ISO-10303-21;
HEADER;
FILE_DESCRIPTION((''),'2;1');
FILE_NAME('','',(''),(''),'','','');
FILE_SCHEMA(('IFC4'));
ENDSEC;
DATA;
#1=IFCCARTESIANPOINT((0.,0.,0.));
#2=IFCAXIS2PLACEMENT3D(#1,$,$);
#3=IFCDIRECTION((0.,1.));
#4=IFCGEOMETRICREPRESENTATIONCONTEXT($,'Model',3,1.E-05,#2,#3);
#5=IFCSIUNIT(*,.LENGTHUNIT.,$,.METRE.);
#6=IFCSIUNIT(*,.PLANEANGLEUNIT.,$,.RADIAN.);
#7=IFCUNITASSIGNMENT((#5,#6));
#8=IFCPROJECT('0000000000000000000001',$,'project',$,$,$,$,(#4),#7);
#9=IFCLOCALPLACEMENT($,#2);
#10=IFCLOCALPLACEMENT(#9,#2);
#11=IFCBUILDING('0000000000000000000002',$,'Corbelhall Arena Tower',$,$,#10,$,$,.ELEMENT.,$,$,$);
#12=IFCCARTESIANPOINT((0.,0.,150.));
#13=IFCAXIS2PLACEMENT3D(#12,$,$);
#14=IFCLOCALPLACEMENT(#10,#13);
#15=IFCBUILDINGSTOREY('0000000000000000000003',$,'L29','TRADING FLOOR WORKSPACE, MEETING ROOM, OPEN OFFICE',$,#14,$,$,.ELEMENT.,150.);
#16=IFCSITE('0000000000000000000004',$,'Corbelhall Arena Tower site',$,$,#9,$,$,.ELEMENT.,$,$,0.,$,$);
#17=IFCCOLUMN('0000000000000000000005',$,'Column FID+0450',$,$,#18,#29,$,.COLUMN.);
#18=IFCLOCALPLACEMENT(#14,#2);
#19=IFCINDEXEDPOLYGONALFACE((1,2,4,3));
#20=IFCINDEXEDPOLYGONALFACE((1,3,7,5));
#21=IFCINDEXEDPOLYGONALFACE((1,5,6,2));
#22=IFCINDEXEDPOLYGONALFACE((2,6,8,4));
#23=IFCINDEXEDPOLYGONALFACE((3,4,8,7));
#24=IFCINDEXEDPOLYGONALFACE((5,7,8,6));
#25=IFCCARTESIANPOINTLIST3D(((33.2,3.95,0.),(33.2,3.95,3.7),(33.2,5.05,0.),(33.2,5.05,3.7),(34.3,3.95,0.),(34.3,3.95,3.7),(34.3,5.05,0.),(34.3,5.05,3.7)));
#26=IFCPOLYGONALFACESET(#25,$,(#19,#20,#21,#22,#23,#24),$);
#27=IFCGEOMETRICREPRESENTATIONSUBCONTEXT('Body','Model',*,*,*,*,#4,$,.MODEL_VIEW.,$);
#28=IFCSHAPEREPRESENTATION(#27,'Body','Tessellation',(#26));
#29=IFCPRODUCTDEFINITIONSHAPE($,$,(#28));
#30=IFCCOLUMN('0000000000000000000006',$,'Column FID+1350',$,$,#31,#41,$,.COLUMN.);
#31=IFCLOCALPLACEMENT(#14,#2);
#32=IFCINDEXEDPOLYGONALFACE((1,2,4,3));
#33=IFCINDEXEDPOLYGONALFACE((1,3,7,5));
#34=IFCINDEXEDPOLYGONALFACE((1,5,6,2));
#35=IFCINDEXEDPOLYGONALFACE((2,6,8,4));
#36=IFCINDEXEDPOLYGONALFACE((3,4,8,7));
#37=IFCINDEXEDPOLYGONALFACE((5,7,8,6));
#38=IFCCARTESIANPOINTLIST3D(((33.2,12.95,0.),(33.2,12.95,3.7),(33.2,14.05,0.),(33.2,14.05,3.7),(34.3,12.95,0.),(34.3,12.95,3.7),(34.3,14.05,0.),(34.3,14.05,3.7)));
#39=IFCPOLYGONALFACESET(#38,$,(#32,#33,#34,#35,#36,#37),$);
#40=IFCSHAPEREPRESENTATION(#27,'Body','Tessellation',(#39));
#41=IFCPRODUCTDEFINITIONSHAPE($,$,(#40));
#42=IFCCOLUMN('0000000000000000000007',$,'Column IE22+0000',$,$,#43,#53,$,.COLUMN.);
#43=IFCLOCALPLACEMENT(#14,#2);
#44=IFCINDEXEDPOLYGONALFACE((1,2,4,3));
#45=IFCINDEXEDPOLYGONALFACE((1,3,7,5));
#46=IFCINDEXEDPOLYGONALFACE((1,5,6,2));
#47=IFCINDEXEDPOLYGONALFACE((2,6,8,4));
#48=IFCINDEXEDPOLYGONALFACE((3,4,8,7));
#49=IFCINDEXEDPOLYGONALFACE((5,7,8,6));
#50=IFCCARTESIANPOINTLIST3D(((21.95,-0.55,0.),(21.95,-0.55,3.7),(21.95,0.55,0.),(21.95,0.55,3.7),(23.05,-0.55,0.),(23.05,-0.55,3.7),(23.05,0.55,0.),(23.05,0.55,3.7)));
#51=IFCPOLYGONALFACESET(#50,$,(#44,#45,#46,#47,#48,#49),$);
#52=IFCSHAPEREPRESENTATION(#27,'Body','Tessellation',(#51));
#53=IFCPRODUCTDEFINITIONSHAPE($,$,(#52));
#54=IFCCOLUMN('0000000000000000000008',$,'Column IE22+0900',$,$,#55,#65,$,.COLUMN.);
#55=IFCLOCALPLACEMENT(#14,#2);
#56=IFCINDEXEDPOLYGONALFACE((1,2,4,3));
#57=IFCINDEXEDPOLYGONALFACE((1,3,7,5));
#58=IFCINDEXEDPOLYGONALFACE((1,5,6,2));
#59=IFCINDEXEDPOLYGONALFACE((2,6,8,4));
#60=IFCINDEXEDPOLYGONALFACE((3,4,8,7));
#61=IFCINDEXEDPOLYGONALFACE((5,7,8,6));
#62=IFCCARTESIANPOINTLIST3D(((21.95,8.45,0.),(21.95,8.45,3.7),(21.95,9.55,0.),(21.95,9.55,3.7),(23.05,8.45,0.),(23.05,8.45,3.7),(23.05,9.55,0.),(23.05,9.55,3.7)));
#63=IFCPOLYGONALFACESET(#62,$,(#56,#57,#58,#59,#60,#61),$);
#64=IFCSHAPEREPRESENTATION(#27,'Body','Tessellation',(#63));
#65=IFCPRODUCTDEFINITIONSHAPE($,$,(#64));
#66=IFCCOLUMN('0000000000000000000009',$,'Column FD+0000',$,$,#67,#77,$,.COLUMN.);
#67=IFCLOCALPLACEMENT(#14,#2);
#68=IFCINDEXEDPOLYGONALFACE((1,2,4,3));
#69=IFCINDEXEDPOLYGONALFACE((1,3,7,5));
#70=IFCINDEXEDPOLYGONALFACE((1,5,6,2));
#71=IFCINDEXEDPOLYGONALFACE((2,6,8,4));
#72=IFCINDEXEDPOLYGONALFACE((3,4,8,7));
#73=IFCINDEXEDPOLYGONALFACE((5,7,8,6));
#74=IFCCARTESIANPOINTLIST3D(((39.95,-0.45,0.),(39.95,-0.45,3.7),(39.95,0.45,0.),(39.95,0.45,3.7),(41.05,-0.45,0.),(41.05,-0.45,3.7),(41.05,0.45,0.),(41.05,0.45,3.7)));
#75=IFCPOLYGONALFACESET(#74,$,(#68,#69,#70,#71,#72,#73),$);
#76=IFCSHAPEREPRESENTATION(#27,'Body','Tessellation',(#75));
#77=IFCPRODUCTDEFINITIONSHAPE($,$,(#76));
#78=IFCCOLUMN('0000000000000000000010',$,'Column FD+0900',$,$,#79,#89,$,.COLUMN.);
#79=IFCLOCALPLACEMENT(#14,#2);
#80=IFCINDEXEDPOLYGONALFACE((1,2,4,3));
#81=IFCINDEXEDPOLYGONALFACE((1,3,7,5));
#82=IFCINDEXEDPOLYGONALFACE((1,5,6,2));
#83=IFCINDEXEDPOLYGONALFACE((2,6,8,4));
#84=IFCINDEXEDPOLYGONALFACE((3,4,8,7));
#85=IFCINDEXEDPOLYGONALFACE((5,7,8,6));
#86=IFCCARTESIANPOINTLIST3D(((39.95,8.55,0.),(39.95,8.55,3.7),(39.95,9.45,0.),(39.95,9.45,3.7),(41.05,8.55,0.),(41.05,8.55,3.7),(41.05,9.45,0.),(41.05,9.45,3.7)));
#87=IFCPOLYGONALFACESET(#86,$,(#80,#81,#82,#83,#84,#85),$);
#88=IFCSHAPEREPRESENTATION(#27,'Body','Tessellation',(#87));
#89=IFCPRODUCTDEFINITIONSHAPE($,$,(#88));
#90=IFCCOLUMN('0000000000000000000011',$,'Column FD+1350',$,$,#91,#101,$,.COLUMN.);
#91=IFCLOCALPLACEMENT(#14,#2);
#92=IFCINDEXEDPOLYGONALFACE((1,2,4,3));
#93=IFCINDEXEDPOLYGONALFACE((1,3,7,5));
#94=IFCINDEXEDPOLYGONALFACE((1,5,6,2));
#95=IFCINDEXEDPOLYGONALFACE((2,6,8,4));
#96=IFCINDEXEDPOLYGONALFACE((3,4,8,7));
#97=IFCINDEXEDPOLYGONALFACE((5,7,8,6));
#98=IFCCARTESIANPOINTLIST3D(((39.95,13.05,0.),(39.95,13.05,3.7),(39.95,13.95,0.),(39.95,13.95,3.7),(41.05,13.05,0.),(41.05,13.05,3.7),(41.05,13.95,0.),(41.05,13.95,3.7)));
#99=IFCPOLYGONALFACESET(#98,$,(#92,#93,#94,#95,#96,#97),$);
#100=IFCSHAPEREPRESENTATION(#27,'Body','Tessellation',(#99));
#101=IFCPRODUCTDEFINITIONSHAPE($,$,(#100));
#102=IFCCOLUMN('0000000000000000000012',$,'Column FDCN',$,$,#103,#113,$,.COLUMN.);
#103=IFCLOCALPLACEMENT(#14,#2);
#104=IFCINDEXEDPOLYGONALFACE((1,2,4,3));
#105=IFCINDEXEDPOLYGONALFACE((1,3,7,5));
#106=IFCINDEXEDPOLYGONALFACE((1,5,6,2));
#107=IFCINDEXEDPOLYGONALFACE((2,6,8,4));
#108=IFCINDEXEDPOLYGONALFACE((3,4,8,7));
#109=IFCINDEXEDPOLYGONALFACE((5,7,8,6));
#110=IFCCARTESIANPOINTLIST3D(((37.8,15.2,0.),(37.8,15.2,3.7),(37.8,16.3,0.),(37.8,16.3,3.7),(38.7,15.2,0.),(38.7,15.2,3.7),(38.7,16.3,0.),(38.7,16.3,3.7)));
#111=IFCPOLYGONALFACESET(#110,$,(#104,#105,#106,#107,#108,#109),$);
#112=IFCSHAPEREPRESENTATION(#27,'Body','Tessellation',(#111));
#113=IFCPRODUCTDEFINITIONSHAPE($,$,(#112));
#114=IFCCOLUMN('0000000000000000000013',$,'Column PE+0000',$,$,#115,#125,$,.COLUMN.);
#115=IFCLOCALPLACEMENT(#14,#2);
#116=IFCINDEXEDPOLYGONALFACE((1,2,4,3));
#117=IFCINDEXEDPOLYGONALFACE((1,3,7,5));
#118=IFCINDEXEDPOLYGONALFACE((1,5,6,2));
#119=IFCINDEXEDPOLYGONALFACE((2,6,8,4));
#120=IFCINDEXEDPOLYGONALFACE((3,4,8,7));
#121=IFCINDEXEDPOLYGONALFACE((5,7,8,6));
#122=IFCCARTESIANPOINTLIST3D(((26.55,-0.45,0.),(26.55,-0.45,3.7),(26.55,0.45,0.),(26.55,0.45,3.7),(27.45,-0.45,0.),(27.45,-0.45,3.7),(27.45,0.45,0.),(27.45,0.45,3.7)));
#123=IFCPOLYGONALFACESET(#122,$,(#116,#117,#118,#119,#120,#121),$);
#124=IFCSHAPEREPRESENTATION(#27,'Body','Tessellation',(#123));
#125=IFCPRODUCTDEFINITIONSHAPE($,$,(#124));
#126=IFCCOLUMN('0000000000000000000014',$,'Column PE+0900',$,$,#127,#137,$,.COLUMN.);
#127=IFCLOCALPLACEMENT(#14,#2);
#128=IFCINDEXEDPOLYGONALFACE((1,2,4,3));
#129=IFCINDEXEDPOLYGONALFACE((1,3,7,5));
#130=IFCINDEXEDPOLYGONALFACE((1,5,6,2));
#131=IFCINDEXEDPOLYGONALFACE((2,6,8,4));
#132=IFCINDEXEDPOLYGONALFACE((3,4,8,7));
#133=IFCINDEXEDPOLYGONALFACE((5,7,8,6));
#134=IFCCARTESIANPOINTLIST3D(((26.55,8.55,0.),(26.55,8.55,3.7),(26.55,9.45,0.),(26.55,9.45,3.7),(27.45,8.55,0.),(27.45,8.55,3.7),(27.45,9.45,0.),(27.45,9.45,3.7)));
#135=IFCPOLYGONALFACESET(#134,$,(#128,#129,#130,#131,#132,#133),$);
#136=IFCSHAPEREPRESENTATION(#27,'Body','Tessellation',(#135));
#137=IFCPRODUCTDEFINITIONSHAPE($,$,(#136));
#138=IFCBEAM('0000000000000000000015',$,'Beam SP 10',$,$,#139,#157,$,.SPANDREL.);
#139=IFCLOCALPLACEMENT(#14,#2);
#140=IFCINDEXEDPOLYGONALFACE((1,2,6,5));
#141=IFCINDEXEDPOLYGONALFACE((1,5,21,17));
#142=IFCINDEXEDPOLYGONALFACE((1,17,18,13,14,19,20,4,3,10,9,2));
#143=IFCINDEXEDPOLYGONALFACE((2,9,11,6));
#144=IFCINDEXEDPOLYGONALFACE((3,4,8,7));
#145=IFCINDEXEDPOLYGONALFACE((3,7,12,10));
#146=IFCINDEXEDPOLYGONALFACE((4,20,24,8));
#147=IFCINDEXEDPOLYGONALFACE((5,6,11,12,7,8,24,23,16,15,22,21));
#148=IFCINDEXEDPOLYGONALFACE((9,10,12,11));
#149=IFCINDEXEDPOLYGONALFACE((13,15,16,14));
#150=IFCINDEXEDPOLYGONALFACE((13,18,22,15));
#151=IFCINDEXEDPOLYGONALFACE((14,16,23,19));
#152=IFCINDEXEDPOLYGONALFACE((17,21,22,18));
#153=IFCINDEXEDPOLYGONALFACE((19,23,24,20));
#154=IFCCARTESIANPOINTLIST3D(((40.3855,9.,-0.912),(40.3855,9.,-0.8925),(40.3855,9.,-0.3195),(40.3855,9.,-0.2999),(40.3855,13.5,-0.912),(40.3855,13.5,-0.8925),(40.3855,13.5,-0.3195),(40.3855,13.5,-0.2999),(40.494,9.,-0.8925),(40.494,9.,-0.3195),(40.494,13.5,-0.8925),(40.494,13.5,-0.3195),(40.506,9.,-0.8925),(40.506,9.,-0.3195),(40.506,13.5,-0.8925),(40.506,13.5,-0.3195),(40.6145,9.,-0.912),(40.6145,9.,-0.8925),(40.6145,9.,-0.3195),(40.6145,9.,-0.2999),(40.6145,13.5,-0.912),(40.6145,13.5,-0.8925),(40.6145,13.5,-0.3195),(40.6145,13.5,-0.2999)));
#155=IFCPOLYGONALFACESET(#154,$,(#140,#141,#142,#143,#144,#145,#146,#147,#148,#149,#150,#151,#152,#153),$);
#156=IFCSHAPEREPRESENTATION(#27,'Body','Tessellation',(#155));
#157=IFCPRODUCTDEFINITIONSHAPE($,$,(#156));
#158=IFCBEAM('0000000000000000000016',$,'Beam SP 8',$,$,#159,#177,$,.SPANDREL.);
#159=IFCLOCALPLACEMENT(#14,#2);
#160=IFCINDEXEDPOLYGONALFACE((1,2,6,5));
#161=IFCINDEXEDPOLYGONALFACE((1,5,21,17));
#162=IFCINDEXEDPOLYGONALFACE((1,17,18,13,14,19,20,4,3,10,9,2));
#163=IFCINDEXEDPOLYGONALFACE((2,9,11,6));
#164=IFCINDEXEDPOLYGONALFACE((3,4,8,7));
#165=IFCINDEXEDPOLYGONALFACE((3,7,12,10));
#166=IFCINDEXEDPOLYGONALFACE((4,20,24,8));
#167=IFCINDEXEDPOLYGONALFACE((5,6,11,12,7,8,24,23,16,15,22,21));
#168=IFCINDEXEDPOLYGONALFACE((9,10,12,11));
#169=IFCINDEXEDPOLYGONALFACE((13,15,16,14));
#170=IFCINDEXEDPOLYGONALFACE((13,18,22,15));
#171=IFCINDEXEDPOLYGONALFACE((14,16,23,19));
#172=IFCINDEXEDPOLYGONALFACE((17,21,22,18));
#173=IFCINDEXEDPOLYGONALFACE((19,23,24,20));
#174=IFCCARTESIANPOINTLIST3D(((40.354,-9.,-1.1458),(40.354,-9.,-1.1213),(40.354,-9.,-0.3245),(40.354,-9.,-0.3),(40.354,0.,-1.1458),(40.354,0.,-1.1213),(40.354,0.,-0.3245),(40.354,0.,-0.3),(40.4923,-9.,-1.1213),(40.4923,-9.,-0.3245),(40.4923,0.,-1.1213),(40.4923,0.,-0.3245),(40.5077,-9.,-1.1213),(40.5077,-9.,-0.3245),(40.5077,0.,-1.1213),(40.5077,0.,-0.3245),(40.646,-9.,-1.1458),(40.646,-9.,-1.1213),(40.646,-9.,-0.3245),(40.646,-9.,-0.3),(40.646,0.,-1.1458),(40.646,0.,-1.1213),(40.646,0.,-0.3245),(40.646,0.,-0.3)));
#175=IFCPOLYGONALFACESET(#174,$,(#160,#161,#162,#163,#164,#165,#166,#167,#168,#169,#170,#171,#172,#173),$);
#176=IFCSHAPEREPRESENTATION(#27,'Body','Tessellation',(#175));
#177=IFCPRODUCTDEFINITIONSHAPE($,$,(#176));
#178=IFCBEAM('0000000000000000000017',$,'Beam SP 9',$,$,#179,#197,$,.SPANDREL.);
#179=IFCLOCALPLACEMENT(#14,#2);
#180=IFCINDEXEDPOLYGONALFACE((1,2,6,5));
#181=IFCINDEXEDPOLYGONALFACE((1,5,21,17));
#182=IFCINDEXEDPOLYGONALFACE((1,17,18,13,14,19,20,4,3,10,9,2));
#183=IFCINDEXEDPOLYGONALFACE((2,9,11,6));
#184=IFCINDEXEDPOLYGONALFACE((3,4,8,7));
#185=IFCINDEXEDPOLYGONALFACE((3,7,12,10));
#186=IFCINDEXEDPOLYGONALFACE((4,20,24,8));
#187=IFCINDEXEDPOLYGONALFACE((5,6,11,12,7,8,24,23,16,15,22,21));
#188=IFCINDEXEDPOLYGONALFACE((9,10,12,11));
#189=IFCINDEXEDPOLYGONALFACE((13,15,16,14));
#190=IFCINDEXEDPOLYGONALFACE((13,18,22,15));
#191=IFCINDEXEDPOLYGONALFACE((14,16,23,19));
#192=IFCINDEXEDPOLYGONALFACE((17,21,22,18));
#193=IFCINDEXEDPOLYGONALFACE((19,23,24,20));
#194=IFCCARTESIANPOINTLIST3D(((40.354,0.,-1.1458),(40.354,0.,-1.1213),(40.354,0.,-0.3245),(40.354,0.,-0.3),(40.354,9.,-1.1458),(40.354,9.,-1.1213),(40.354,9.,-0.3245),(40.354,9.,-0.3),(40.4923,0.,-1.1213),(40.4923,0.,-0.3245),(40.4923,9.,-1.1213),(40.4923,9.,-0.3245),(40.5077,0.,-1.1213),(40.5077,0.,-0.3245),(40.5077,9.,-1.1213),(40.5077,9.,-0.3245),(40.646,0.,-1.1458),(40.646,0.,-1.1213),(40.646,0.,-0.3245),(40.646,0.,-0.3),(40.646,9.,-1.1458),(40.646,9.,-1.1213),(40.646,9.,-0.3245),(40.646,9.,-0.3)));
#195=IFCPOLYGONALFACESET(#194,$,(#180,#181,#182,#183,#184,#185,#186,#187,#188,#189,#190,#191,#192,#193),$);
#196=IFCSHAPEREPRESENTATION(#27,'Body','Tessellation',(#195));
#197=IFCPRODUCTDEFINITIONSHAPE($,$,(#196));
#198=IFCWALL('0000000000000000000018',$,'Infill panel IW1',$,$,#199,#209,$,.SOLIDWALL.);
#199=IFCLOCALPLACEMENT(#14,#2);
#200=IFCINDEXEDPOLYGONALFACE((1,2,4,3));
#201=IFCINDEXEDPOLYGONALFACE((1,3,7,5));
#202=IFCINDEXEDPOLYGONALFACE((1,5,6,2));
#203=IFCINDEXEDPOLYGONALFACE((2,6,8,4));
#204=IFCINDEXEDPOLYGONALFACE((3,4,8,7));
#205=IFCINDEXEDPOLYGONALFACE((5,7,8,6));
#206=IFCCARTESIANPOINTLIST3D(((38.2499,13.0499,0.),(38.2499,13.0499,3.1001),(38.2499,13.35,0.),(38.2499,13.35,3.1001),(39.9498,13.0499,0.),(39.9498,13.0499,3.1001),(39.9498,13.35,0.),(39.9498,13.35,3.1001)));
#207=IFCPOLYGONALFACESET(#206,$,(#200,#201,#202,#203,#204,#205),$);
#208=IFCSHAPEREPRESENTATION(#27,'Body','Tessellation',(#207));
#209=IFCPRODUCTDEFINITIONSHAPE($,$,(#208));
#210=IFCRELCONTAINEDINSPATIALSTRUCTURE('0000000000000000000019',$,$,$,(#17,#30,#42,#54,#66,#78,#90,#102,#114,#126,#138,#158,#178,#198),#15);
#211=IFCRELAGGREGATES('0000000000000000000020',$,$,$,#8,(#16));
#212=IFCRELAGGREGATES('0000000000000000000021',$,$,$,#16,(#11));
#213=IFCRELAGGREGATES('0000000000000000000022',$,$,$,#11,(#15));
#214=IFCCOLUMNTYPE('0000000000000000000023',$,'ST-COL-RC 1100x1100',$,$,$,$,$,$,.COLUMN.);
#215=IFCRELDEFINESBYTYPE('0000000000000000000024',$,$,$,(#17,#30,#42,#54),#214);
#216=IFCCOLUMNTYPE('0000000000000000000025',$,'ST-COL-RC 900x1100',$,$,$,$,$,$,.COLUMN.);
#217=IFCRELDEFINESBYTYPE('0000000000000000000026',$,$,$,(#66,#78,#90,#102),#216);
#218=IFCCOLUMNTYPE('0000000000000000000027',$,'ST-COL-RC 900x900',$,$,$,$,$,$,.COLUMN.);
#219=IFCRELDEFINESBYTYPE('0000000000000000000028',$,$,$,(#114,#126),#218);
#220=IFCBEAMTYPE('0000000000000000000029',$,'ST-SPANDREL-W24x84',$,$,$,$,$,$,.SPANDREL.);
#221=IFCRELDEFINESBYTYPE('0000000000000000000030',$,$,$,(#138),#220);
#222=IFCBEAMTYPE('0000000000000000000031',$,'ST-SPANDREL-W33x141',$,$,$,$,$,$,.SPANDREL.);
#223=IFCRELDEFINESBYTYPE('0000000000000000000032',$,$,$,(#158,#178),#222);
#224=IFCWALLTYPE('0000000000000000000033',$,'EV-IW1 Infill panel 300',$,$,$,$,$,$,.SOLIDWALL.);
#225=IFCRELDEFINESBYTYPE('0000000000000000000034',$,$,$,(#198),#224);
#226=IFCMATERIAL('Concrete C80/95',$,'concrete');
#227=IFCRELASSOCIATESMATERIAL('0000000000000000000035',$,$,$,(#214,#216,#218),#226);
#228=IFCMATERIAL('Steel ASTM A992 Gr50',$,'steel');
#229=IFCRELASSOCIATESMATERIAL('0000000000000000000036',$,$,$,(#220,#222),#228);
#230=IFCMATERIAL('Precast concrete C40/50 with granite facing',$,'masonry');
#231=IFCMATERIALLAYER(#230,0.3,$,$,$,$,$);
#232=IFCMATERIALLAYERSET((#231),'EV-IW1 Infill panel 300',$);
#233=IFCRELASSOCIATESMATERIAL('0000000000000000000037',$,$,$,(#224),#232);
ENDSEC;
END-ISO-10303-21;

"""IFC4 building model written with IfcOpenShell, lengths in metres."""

from ifc_helpers import new_model, si_unit, direction, frame, frame_2d, origin, origin_2d, place, context, subcontext, project, spatial, rectangle, i_section, extrude, material, layer, layer_set, material_profile, profile_set, type_object, element, save


model = new_model("IFC4")

# Units and contexts
model_context = context("Model", 3, precision=1e-05, world=origin(), true_north=direction((0.0, 1.0)))
body_context = subcontext(model_context, "Body", "Model", "MODEL_VIEW")
ifc_project = project(units=[si_unit("LENGTHUNIT", "METRE"), si_unit("PLANEANGLEUNIT", "RADIAN")], contexts=[model_context])

# Site, building, storey
site_placement = place(None, origin())
site = spatial("IfcSite", under=ifc_project, at=site_placement, Name="Corbelhall Arena Tower site", CompositionType="ELEMENT", RefElevation=0.0)
building_placement = place(site_placement, origin())
building = spatial("IfcBuilding", under=site, at=building_placement, Name="Corbelhall Arena Tower", CompositionType="ELEMENT")
storey_placement = place(building_placement, frame((0.0, 0.0, 150.0)))
storey = spatial("IfcBuildingStorey", under=building, at=storey_placement, Name="L29", Description="TRADING FLOOR WORKSPACE, MEETING ROOM, OPEN OFFICE", CompositionType="ELEMENT", Elevation=150.0)

# Columns
ifc_material_1 = material(Name="Concrete C80/95", Category="concrete")
ifc_material_profile_1 = material_profile(ifc_material_1, rectangle(XDim=1.1001, YDim=1.1001, at=origin_2d()))
ifc_profile_set_1 = profile_set([ifc_material_profile_1], Name="Concrete C80/95")
column_type_1 = type_object("IfcColumnType", Name="ST-COL-RC 1100x1100", PredefinedType="COLUMN", material=ifc_profile_set_1)
for number, where, z_axis, x_axis, name in (
    (1, (33.75, 4.5, 0.0), (0.0, 0.0, 1.0), (1.0, 0.0, 0.0), "Column FID+0450"),
    (2, (33.75, 13.5, 0.0), (0.0, 0.0, 1.0), (1.0, 0.0, 0.0), "Column FID+1350"),
    (3, (22.5, 0.0, 0.0), (0.0, 0.0, 1.0), (1.0, 0.0, 0.0), "Column IE22+0000"),
    (4, (22.5, 9.0, 0.0), (0.0, 0.0, 1.0), (1.0, 0.0, 0.0), "Column IE22+0900"),
):
    element("IfcColumn", number, at=place(storey_placement, frame(where, z_axis=z_axis, x_axis=x_axis)), inside=storey, type_object=column_type_1, Name=name, PredefinedType="COLUMN", context=body_context, shape_type="SweptSolid", body=[
        extrude(rectangle(XDim=1.1001, YDim=1.1001, at=origin_2d()), origin(), (0.0, 0.0, 1.0), 3.7),
    ])
ifc_material_profile_2 = material_profile(ifc_material_1, rectangle(XDim=0.8999, YDim=1.1001, at=origin_2d()))
ifc_profile_set_2 = profile_set([ifc_material_profile_2], Name="Concrete C80/95")
column_type_2 = type_object("IfcColumnType", Name="ST-COL-RC 900x1100", PredefinedType="COLUMN", material=ifc_profile_set_2)
for number, where, z_axis, x_axis, name in (
    (5, (40.5, 0.0, 0.0), (0.0, 0.0, 1.0), (0.0, 1.0, 0.0), "Column FD+0000"),
    (6, (40.5, 9.0, 0.0), (0.0, 0.0, 1.0), (0.0, 1.0, 0.0), "Column FD+0900"),
    (7, (40.5, 13.5, 0.0), (0.0, 0.0, 1.0), (0.0, 1.0, 0.0), "Column FD+1350"),
    (8, (38.25, 15.75, 0.0), (0.0, 0.0, 1.0), (1.0, 0.0, 0.0), "Column FDCN"),
):
    element("IfcColumn", number, at=place(storey_placement, frame(where, z_axis=z_axis, x_axis=x_axis)), inside=storey, type_object=column_type_2, Name=name, PredefinedType="COLUMN", context=body_context, shape_type="SweptSolid", body=[
        extrude(rectangle(XDim=0.8999, YDim=1.1001, at=origin_2d()), origin(), (0.0, 0.0, 1.0), 3.7),
    ])
ifc_material_profile_3 = material_profile(ifc_material_1, rectangle(XDim=0.8999, YDim=0.8999, at=origin_2d()))
ifc_profile_set_3 = profile_set([ifc_material_profile_3], Name="Concrete C80/95")
column_type_3 = type_object("IfcColumnType", Name="ST-COL-RC 900x900", PredefinedType="COLUMN", material=ifc_profile_set_3)
for number, where, z_axis, x_axis, name in (
    (9, (27.0, 0.0, 0.0), (0.0, 0.0, 1.0), (1.0, 0.0, 0.0), "Column PE+0000"),
    (10, (27.0, 9.0, 0.0), (0.0, 0.0, 1.0), (1.0, 0.0, 0.0), "Column PE+0900"),
):
    element("IfcColumn", number, at=place(storey_placement, frame(where, z_axis=z_axis, x_axis=x_axis)), inside=storey, type_object=column_type_3, Name=name, PredefinedType="COLUMN", context=body_context, shape_type="SweptSolid", body=[
        extrude(rectangle(XDim=0.8999, YDim=0.8999, at=origin_2d()), origin(), (0.0, 0.0, 1.0), 3.7),
    ])

# Beams
ifc_material_2 = material(Name="Steel ASTM A992 Gr50", Category="steel")
ifc_material_profile_4 = material_profile(ifc_material_2, i_section(OverallWidth=0.229, OverallDepth=0.6121, WebThickness=0.012, FlangeThickness=0.0195, at=origin_2d()))
ifc_profile_set_4 = profile_set([ifc_material_profile_4], Name="Steel ASTM A992 Gr50")
beam_type_1 = type_object("IfcBeamType", Name="ST-SPANDREL-W24x84", PredefinedType="SPANDREL", material=ifc_profile_set_4)
beam_placement = place(storey_placement, frame((40.5, 13.5, -0.606), z_axis=(0.0, -1.0, 0.0), x_axis=(1.0, 0.0, 0.0)))
element("IfcBeam", 11, at=beam_placement, inside=storey, type_object=beam_type_1, Name="Beam SP 10", PredefinedType="SPANDREL", context=body_context, shape_type="SweptSolid", body=[
    extrude(i_section(OverallWidth=0.229, OverallDepth=0.6121, WebThickness=0.012, FlangeThickness=0.0195, at=origin_2d()), origin(), (0.0, 0.0, 1.0), 4.5),
])
ifc_material_profile_5 = material_profile(ifc_material_2, i_section(OverallWidth=0.292, OverallDepth=0.8457, WebThickness=0.0154, FlangeThickness=0.0244, at=origin_2d()))
ifc_profile_set_5 = profile_set([ifc_material_profile_5], Name="Steel ASTM A992 Gr50")
beam_type_2 = type_object("IfcBeamType", Name="ST-SPANDREL-W33x141", PredefinedType="SPANDREL", material=ifc_profile_set_5)
for number, where, z_axis, x_axis, name in (
    (12, (40.5, 0.0, -0.7229), (0.0, -1.0, 0.0), (1.0, 0.0, 0.0), "Beam SP 8"),
    (13, (40.5, 9.0, -0.7229), (0.0, -1.0, 0.0), (1.0, 0.0, 0.0), "Beam SP 9"),
):
    element("IfcBeam", number, at=place(storey_placement, frame(where, z_axis=z_axis, x_axis=x_axis)), inside=storey, type_object=beam_type_2, Name=name, PredefinedType="SPANDREL", context=body_context, shape_type="SweptSolid", body=[
        extrude(i_section(OverallWidth=0.292, OverallDepth=0.8457, WebThickness=0.0154, FlangeThickness=0.0244, at=origin_2d()), origin(), (0.0, 0.0, 1.0), 9.0),
    ])

# Wall
ifc_material_3 = material(Name="Precast concrete C40/50 with granite facing", Category="masonry")
ifc_layer_1 = layer(ifc_material_3, 0.3)
ifc_layer_set_1 = layer_set([ifc_layer_1], Name="EV-IW1 Infill panel 300")
wall_type_1 = type_object("IfcWallType", Name="EV-IW1 Infill panel 300", PredefinedType="SOLIDWALL", material=ifc_layer_set_1)
wall_1_placement = place(storey_placement, frame((39.95, 13.2, 0.0), z_axis=(0.0, 0.0, 1.0), x_axis=(-1.0, 0.0, 0.0)))
element("IfcWall", 14, at=wall_1_placement, inside=storey, type_object=wall_type_1, Name="Infill panel IW1", PredefinedType="SOLIDWALL", context=body_context, shape_type="SweptSolid", body=[
    extrude(rectangle(XDim=1.7, YDim=0.3, at=frame_2d((0.8501, 0.0))), origin(), (0.0, 0.0, 1.0), 3.1001),
])

save(model, "model.ifc")
